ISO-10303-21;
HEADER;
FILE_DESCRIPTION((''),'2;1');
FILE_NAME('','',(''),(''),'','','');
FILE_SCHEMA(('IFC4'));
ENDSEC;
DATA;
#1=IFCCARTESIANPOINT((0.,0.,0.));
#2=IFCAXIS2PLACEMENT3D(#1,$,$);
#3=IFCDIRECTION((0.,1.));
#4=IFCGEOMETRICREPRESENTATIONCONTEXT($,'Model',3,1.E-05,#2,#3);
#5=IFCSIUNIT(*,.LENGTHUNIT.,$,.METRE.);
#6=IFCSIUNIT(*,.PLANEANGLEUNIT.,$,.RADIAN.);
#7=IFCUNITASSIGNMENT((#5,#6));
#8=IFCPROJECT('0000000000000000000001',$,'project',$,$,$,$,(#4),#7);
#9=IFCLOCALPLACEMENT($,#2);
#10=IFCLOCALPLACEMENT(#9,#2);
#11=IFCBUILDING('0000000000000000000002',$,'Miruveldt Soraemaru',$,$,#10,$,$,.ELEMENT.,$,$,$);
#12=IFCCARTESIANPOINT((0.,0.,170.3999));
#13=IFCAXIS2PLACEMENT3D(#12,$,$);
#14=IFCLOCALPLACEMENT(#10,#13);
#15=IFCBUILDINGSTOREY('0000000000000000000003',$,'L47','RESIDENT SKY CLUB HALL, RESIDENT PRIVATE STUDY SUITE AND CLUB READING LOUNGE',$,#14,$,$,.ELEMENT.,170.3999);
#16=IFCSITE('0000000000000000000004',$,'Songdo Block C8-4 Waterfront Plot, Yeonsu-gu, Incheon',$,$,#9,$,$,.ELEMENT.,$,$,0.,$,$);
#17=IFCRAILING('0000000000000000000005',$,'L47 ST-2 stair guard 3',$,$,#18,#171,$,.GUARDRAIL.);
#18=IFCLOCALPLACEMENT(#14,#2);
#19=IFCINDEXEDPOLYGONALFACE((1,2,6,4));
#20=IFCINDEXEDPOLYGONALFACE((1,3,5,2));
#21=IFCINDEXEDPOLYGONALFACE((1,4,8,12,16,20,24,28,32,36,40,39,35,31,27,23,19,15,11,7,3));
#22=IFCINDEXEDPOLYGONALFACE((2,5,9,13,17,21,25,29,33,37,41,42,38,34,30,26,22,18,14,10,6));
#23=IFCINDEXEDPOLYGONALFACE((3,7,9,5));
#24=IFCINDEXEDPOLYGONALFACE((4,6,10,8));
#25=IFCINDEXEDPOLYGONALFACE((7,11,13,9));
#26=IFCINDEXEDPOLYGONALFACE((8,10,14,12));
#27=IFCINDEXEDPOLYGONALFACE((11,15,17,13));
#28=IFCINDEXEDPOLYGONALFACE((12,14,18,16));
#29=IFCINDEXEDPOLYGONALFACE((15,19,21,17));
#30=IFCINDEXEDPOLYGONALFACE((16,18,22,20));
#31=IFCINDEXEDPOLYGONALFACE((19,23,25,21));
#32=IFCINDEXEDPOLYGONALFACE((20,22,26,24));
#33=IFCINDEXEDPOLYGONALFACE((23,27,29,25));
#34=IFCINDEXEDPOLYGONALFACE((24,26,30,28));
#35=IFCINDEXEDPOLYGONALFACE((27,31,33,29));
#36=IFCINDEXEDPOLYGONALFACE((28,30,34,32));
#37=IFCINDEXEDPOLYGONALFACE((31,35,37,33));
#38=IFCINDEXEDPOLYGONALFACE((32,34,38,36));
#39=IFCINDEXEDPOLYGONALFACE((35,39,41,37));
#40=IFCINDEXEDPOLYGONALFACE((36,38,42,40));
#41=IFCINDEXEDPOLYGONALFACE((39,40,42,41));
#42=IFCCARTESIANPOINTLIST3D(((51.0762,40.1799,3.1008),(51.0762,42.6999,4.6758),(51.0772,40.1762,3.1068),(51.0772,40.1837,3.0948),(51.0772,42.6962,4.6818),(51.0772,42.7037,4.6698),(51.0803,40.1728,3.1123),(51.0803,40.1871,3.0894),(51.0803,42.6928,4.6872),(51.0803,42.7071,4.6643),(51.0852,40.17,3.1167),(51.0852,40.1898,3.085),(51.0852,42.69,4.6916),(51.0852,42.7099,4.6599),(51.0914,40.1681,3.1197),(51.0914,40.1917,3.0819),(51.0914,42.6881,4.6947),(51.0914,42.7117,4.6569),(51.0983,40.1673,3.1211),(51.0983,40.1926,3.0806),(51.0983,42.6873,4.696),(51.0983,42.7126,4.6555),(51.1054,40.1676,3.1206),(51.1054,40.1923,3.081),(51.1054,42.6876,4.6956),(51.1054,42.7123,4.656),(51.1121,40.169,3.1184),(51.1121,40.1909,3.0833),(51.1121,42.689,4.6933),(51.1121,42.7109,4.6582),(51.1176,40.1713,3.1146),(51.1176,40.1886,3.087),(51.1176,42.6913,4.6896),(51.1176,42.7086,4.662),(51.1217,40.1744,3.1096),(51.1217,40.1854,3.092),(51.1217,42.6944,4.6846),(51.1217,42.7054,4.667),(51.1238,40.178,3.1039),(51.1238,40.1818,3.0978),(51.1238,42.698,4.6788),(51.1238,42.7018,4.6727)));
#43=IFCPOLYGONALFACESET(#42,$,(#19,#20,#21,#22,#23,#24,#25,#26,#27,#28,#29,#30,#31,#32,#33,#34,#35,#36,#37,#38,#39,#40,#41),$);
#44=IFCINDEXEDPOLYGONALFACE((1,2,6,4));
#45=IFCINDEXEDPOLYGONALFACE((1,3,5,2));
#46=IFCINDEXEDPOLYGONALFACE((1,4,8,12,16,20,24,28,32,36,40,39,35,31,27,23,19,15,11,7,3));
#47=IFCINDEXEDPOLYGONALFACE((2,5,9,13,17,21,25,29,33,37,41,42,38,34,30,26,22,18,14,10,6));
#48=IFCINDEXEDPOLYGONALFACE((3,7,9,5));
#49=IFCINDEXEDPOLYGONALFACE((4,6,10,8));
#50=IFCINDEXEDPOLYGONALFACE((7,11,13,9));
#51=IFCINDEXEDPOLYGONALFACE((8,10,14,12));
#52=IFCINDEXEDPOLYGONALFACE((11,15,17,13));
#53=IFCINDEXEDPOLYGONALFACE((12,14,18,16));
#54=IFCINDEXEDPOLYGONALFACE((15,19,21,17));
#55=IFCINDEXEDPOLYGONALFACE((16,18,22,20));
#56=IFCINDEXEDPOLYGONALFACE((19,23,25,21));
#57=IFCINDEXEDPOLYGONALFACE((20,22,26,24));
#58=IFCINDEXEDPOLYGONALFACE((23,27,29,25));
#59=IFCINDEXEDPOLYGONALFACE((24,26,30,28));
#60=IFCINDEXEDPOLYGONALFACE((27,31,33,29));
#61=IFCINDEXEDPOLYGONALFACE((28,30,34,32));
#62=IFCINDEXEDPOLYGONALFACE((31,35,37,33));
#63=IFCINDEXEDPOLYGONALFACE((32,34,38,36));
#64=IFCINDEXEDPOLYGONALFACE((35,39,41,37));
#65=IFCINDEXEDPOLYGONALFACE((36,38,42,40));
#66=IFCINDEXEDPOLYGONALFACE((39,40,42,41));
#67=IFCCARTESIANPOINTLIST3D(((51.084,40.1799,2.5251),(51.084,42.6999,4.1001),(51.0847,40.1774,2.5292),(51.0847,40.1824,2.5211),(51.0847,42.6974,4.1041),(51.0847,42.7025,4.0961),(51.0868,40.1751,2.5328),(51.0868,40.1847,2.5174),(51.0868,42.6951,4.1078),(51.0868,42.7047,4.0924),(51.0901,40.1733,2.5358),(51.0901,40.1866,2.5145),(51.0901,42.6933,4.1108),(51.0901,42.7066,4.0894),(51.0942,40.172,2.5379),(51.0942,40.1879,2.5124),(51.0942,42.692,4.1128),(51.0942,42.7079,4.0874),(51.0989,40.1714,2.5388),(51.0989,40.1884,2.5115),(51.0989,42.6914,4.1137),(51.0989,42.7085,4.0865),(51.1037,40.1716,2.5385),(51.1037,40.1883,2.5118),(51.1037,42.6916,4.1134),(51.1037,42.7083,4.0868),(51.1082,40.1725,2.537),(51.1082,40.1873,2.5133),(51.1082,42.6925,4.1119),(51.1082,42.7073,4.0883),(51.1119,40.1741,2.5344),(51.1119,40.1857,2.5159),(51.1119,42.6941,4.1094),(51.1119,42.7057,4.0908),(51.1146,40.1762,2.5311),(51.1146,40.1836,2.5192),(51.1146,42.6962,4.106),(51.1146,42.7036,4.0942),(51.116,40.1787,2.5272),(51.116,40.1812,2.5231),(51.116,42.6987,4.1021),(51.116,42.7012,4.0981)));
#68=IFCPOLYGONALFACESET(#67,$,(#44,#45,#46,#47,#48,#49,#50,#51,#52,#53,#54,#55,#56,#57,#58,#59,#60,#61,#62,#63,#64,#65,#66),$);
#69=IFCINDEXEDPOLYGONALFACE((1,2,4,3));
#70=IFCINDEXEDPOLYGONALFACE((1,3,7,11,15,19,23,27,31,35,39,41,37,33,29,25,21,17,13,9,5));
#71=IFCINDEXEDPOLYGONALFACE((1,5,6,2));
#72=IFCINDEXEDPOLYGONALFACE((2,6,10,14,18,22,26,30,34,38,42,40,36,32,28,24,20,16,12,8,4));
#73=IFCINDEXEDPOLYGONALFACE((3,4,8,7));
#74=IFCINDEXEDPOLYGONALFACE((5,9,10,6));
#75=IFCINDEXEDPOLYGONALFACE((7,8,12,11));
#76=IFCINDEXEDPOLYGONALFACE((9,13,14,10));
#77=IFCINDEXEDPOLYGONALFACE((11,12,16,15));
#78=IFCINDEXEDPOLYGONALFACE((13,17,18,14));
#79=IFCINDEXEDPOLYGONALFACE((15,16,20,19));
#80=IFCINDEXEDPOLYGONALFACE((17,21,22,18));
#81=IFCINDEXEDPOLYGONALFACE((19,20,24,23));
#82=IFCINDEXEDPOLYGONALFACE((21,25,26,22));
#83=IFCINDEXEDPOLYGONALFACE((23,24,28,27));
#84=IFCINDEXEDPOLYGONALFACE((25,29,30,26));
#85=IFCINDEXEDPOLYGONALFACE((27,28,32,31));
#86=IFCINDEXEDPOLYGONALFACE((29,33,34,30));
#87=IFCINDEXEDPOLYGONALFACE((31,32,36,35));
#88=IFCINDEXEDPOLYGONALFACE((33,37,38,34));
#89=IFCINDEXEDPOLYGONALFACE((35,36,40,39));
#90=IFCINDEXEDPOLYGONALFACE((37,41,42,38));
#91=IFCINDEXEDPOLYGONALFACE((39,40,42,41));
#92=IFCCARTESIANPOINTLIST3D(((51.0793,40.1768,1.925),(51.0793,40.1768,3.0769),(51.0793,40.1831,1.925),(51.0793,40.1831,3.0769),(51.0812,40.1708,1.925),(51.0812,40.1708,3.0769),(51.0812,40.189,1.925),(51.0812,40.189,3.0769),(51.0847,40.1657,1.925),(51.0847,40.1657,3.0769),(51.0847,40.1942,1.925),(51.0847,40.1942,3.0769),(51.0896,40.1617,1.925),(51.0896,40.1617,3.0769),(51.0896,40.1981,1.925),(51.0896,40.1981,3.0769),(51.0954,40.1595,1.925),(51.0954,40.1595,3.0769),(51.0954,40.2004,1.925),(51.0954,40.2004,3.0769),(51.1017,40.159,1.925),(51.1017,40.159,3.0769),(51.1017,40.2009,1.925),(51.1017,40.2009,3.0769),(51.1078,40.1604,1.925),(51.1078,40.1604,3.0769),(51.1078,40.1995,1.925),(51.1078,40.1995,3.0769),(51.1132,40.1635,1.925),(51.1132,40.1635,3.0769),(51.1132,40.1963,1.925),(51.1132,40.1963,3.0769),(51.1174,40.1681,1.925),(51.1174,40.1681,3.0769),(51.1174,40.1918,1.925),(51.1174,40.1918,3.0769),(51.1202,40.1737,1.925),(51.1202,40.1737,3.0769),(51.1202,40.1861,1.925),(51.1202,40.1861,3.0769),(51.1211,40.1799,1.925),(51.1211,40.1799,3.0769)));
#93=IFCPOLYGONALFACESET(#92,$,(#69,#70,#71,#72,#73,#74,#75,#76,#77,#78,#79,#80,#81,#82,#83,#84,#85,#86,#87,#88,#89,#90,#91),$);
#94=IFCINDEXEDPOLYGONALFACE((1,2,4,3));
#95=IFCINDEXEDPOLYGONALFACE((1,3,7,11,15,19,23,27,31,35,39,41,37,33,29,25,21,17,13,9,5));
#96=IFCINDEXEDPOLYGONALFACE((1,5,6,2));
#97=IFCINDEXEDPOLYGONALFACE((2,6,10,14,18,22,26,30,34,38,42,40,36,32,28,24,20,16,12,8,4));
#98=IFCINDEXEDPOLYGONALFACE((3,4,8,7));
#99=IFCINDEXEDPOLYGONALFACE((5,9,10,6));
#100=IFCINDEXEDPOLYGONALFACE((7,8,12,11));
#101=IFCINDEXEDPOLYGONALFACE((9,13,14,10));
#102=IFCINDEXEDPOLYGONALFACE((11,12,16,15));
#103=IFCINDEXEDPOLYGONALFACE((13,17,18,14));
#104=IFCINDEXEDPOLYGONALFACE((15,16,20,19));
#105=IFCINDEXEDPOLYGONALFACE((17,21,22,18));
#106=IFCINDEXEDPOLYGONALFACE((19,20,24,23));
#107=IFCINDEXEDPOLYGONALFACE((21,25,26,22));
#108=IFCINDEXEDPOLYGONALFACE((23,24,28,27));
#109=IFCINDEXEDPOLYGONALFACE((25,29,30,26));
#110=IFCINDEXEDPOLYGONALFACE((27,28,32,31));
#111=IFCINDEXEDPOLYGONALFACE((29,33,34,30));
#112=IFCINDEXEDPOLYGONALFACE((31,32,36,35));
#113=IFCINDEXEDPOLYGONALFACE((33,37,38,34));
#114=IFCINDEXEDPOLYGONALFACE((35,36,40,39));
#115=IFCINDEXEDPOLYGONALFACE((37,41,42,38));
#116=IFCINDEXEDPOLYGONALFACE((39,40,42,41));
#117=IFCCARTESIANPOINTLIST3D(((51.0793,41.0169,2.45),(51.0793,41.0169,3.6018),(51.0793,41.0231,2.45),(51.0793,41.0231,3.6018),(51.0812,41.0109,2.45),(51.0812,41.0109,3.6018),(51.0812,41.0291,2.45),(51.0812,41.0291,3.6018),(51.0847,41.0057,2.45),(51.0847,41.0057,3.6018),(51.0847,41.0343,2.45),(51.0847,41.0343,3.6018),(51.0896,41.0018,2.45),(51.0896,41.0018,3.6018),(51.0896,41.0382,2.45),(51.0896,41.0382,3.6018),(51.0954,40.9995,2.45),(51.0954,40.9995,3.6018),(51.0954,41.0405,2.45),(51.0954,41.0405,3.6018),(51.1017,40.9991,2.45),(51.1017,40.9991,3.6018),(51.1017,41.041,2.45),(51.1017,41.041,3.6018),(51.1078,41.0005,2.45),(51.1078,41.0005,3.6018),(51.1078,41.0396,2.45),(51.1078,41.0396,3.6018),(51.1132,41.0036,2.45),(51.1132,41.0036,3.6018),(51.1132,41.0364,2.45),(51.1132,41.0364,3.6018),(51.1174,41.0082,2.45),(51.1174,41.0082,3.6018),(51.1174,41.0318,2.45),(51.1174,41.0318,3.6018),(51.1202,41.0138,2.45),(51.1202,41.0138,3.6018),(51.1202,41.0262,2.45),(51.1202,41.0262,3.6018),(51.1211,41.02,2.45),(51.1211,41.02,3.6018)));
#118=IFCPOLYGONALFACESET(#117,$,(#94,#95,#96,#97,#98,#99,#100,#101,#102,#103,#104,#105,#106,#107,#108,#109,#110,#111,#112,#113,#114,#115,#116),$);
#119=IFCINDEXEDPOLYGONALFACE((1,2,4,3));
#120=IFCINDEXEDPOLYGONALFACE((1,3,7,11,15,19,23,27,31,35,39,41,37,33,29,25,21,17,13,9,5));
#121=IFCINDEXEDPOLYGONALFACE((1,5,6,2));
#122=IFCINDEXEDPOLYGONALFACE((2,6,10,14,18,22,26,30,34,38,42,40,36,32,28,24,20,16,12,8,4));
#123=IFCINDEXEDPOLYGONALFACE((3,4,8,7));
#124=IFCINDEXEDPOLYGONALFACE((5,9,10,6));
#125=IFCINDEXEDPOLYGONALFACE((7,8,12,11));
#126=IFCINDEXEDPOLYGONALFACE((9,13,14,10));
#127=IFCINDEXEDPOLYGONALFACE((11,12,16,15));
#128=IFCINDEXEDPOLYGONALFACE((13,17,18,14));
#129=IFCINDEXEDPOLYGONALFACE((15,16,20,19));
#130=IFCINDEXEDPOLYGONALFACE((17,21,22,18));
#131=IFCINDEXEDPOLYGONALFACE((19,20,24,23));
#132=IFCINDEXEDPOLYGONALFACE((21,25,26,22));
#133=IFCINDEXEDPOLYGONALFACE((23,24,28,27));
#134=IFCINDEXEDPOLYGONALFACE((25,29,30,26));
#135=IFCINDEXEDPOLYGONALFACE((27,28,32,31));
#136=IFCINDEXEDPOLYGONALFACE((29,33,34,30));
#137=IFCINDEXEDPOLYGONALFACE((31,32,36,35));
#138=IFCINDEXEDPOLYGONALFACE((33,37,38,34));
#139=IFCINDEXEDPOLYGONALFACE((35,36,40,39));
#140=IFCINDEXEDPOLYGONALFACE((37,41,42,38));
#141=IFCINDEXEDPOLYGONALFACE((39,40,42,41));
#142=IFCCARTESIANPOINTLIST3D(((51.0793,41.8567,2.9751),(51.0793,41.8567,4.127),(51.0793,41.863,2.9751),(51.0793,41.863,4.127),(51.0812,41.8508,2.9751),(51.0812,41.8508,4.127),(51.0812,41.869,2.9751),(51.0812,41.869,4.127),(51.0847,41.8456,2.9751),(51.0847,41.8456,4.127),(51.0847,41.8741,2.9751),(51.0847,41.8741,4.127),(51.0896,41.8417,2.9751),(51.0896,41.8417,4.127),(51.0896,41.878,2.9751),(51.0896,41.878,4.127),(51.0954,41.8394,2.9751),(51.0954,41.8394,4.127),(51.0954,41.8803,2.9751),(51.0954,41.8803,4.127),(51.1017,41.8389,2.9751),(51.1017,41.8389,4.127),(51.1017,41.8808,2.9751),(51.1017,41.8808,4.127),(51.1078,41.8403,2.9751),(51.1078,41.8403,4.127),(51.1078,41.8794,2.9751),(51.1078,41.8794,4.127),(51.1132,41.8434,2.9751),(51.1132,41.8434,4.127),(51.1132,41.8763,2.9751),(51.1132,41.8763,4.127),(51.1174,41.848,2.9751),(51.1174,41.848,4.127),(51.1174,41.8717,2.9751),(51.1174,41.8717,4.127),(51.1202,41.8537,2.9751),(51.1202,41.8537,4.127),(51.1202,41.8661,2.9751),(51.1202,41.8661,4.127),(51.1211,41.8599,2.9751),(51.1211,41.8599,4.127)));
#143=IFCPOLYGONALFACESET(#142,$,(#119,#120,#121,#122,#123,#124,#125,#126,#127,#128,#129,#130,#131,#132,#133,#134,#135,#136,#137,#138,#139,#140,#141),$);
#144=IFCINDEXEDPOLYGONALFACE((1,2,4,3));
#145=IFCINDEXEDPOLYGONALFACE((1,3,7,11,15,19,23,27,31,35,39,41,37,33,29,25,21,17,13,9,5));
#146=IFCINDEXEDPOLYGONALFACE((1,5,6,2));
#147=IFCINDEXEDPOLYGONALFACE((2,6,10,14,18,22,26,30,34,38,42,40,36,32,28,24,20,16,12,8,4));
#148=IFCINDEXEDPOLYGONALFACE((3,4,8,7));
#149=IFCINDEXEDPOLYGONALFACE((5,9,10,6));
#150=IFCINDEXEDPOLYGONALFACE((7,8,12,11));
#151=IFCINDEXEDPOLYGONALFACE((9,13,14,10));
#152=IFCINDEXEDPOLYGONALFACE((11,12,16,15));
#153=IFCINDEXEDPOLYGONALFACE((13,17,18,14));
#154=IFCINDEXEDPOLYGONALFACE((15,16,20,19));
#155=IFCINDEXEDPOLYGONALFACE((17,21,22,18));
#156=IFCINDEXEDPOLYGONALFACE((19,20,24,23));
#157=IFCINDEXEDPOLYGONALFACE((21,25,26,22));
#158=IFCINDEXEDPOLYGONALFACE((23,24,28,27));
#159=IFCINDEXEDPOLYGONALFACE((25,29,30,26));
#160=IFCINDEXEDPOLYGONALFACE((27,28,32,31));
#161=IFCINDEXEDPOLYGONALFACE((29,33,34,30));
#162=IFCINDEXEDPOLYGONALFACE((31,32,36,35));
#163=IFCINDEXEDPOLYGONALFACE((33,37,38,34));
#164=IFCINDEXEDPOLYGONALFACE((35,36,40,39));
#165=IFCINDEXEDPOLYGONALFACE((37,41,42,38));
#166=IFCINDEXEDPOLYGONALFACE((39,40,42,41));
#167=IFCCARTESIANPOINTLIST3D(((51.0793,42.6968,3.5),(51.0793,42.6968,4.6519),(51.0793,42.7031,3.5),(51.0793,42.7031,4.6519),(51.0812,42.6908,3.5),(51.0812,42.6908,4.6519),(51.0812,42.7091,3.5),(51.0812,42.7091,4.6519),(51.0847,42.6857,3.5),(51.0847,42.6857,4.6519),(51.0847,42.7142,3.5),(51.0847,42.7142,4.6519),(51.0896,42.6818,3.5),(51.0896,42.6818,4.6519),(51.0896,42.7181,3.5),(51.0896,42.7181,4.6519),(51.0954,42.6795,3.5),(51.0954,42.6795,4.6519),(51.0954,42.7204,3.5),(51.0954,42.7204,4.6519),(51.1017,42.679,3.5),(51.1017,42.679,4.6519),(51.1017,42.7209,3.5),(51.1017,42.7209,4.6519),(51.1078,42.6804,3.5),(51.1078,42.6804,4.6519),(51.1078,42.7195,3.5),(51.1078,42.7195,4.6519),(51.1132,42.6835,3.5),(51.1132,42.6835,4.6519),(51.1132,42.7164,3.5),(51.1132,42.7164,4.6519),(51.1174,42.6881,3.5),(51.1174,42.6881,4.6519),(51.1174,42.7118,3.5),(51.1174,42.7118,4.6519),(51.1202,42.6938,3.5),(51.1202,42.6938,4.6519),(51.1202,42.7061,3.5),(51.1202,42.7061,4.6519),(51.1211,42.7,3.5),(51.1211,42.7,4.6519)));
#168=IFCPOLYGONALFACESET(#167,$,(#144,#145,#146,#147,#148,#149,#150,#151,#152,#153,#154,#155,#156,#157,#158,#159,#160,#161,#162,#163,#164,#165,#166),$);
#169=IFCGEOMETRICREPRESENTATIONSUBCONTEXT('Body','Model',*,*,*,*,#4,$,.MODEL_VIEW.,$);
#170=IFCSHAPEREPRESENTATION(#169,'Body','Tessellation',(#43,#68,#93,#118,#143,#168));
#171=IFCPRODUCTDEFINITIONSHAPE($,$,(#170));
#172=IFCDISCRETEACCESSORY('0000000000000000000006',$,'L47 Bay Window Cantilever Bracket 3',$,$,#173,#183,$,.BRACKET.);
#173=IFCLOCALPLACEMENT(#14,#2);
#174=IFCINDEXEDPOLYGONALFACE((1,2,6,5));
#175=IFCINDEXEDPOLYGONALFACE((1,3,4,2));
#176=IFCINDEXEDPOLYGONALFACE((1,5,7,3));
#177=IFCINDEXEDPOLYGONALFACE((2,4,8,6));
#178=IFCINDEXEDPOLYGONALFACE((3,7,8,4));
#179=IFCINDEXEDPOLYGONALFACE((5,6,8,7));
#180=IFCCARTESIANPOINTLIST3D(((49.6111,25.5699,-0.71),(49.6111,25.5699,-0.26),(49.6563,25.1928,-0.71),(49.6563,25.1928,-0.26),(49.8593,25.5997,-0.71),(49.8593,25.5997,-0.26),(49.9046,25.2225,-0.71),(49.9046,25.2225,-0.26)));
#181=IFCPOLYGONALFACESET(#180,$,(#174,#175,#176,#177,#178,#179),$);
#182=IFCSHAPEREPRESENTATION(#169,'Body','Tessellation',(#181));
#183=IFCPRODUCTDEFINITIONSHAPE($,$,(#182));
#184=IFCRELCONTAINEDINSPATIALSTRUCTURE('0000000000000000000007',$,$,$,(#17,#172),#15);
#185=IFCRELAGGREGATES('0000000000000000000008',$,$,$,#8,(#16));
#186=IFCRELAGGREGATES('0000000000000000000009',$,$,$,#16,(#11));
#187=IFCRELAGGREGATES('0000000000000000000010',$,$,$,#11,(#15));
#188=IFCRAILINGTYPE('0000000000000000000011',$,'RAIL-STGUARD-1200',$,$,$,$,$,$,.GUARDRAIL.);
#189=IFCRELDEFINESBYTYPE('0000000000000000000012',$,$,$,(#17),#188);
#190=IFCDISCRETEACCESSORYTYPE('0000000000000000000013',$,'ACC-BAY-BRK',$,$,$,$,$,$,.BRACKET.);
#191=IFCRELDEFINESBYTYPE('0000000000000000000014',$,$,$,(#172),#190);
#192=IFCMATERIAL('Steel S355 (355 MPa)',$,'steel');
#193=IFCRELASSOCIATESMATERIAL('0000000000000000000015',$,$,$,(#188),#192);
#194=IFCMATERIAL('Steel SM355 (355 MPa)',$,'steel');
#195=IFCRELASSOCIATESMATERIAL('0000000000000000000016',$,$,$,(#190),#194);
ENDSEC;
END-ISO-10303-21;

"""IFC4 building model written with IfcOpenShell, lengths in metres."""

from ifc_helpers import new_model, si_unit, direction, frame, origin, origin_2d, place, context, subcontext, project, spatial, rectangle, circle, extrude, material, type_object, element, save


model = new_model("IFC4")

# Units and contexts
model_context = context("Model", 3, precision=1e-05, world=origin(), true_north=direction((0.0, 1.0)))
body_context = subcontext(model_context, "Body", "Model", "MODEL_VIEW")
ifc_project = project(units=[si_unit("LENGTHUNIT", "METRE"), si_unit("PLANEANGLEUNIT", "RADIAN")], contexts=[model_context])

# Site, building, storey
site_placement = place(None, origin())
site = spatial("IfcSite", under=ifc_project, at=site_placement, Name="Songdo Block C8-4 Waterfront Plot, Yeonsu-gu, Incheon", CompositionType="ELEMENT", RefElevation=0.0)
building_placement = place(site_placement, origin())
building = spatial("IfcBuilding", under=site, at=building_placement, Name="Miruveldt Soraemaru", CompositionType="ELEMENT")
storey_placement = place(building_placement, frame((0.0, 0.0, 170.3999)))
storey = spatial("IfcBuildingStorey", under=building, at=storey_placement, Name="L47", Description="RESIDENT SKY CLUB HALL, RESIDENT PRIVATE STUDY SUITE AND CLUB READING LOUNGE", CompositionType="ELEMENT", Elevation=170.3999)

# Shared definitions
ifc_material_1 = material(Name="Steel SM355 (355 MPa)", Category="steel")

# Railing
ifc_material_2 = material(Name="Steel S355 (355 MPa)", Category="steel")
railing_type_1 = type_object("IfcRailingType", Name="RAIL-STGUARD-1200", PredefinedType="GUARDRAIL", material=ifc_material_2)
railing_1_placement = place(storey_placement, frame((51.1001, 40.1799, 1.925)))
element("IfcRailing", 1, at=railing_1_placement, inside=storey, type_object=railing_type_1, Name="L47 ST-2 stair guard 3", PredefinedType="GUARDRAIL", context=body_context, shape_type="SweptSolid", body=[
    extrude(circle(Radius=0.0239, at=origin_2d()), frame((0.0, 0.0, 1.1758), z_axis=(0.0, 0.848008, 0.529984), x_axis=(-1.0, 0.0, 0.0)), (0.0, 0.0, 1.0), 2.9717),
    extrude(circle(Radius=0.0161, at=origin_2d()), frame((0.0, 0.0, 0.6001), z_axis=(0.0, 0.848008, 0.529984), x_axis=(-1.0, 0.0, 0.0)), (0.0, 0.0, 1.0), 2.9717),
    extrude(circle(Radius=0.021, at=origin_2d()), origin(), (0.0, 0.0, 1.0), 1.1519),
    extrude(circle(Radius=0.021, at=origin_2d()), frame((0.0, 0.8401, 0.5249)), (0.0, 0.0, 1.0), 1.1519),
    extrude(circle(Radius=0.021, at=origin_2d()), frame((0.0, 1.6799, 1.05)), (0.0, 0.0, 1.0), 1.1519),
    extrude(circle(Radius=0.021, at=origin_2d()), frame((0.0, 2.52, 1.575)), (0.0, 0.0, 1.0), 1.1519),
])

# Discrete accessory
discrete_accessory_type = type_object("IfcDiscreteAccessoryType", Name="ACC-BAY-BRK", PredefinedType="BRACKET", material=ifc_material_1)
discrete_accessory_placement = place(storey_placement, frame((49.7578, 25.3962, -0.71), z_axis=(0.0, 0.0, 1.0), x_axis=(0.119149, -0.992876, 0.0)))
element("IfcDiscreteAccessory", 2, at=discrete_accessory_placement, inside=storey, type_object=discrete_accessory_type, Name="L47 Bay Window Cantilever Bracket 3", PredefinedType="BRACKET", context=body_context, shape_type="SweptSolid", body=[
    extrude(rectangle(XDim=0.3799, YDim=0.25, at=origin_2d()), origin(), (0.0, 0.0, 1.0), 0.45),
])

save(model, "model.ifc")
